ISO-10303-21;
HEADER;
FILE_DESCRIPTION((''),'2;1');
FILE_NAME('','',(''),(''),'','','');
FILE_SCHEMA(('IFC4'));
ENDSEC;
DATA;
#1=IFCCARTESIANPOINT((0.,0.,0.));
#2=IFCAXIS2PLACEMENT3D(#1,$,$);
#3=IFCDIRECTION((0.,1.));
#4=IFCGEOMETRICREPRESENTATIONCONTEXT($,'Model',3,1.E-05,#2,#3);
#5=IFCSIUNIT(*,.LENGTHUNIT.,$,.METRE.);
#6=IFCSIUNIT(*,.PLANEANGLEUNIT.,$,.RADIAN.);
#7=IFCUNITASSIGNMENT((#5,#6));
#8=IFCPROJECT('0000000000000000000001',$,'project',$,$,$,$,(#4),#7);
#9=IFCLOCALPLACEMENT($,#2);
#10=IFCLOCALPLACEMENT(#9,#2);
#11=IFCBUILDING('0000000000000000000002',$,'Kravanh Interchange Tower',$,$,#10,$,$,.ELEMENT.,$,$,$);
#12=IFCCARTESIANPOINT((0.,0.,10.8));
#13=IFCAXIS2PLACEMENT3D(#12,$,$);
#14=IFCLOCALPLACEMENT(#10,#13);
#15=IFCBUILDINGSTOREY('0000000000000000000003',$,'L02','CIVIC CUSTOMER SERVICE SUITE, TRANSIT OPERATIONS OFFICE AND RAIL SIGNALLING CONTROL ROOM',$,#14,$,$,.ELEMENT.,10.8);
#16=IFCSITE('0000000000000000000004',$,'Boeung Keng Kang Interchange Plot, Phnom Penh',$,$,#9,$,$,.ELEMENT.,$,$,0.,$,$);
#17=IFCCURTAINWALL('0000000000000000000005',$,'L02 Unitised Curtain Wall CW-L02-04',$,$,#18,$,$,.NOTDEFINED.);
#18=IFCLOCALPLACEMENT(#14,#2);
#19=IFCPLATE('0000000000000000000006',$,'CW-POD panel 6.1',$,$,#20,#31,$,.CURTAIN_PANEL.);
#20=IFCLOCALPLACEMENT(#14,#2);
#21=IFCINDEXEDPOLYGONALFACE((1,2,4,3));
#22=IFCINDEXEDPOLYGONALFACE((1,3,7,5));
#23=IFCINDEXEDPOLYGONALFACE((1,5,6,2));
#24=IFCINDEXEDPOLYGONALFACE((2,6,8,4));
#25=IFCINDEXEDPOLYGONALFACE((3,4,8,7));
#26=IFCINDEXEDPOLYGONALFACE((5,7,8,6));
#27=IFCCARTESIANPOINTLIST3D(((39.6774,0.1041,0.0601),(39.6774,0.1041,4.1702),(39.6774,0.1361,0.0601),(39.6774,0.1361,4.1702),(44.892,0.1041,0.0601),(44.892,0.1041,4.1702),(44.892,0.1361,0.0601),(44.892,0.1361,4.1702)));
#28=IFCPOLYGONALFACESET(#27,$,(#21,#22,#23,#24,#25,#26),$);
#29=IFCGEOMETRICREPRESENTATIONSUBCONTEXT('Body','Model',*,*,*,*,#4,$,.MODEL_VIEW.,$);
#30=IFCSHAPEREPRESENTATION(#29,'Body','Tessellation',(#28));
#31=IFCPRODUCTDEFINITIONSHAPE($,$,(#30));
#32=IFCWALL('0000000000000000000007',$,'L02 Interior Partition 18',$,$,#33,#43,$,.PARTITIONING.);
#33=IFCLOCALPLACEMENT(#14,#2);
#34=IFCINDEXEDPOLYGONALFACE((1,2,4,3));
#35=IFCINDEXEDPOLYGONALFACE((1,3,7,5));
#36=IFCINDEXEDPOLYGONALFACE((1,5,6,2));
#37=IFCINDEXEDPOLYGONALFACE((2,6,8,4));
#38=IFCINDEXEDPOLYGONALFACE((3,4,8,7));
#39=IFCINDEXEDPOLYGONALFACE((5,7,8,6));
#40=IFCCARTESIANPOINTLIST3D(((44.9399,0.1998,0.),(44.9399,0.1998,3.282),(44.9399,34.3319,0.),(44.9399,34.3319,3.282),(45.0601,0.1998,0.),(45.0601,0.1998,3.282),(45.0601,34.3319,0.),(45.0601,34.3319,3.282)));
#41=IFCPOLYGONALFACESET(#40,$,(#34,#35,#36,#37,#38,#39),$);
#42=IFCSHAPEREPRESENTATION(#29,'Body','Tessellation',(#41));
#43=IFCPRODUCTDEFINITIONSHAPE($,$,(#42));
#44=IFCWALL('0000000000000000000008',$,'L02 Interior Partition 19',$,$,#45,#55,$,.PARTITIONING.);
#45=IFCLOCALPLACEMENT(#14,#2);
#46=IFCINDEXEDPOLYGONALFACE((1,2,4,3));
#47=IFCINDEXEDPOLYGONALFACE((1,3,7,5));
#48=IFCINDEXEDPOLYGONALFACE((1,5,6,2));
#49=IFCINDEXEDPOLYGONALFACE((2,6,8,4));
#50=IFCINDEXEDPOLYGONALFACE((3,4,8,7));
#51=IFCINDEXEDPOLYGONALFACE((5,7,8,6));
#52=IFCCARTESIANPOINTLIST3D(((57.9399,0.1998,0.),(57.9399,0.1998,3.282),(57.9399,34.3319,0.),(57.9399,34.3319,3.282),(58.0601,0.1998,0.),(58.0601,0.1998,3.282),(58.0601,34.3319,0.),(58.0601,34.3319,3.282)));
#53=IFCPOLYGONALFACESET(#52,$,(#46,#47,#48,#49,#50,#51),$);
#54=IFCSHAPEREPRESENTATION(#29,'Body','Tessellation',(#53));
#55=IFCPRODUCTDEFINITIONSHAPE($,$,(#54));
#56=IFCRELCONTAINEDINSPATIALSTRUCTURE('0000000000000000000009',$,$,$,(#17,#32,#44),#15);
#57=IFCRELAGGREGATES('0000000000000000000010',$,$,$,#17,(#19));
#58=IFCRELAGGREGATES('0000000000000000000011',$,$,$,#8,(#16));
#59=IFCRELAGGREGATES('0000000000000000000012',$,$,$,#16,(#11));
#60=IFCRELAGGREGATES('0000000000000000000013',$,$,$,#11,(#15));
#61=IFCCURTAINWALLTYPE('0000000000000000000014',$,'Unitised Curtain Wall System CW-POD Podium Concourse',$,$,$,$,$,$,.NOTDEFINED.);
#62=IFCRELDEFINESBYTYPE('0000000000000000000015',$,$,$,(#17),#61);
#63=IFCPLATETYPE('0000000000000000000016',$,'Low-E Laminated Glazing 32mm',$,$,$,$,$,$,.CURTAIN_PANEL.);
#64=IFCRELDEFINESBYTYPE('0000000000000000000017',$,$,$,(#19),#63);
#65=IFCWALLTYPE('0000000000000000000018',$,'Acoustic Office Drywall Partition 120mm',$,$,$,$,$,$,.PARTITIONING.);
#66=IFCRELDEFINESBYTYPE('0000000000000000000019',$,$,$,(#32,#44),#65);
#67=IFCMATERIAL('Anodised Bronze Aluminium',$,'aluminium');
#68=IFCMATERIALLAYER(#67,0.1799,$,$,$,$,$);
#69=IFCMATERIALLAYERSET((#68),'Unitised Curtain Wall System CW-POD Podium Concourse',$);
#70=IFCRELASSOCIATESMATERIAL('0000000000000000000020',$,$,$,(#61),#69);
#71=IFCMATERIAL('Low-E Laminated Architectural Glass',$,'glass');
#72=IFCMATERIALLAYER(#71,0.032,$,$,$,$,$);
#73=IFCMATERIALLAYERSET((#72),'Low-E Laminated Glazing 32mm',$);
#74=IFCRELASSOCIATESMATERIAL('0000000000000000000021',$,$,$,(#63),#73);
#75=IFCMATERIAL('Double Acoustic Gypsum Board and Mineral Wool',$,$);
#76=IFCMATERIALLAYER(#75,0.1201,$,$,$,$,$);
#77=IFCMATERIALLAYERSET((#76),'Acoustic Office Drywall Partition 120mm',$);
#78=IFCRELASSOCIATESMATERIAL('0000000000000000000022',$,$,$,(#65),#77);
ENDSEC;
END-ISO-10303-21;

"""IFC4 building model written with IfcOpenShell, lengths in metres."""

from ifc_helpers import new_model, si_unit, direction, frame, frame_2d, origin, origin_2d, place, context, subcontext, project, spatial, rectangle, extrude, material, layer, layer_set, type_object, element, aggregate, save


model = new_model("IFC4")

# Units and contexts
model_context = context("Model", 3, precision=1e-05, world=origin(), true_north=direction((0.0, 1.0)))
body_context = subcontext(model_context, "Body", "Model", "MODEL_VIEW")
ifc_project = project(units=[si_unit("LENGTHUNIT", "METRE"), si_unit("PLANEANGLEUNIT", "RADIAN")], contexts=[model_context])

# Site, building, storey
site_placement = place(None, origin())
site = spatial("IfcSite", under=ifc_project, at=site_placement, Name="Boeung Keng Kang Interchange Plot, Phnom Penh", CompositionType="ELEMENT", RefElevation=0.0)
building_placement = place(site_placement, origin())
building = spatial("IfcBuilding", under=site, at=building_placement, Name="Kravanh Interchange Tower", CompositionType="ELEMENT")
storey_placement = place(building_placement, frame((0.0, 0.0, 10.8)))
storey = spatial("IfcBuildingStorey", under=building, at=storey_placement, Name="L02", Description="CIVIC CUSTOMER SERVICE SUITE, TRANSIT OPERATIONS OFFICE AND RAIL SIGNALLING CONTROL ROOM", CompositionType="ELEMENT", Elevation=10.8)

# Curtain wall
ifc_material_1 = material(Name="Anodised Bronze Aluminium", Category="aluminium")
ifc_layer_1 = layer(ifc_material_1, 0.1799)
ifc_layer_set_1 = layer_set([ifc_layer_1], Name="Unitised Curtain Wall System CW-POD Podium Concourse")
curtain_wall_type = type_object("IfcCurtainWallType", Name="Unitised Curtain Wall System CW-POD Podium Concourse", PredefinedType="NOTDEFINED", material=ifc_layer_set_1)
curtain_wall_placement = place(storey_placement, origin())
curtain_wall = element("IfcCurtainWall", 1, at=curtain_wall_placement, inside=storey, type_object=curtain_wall_type, Name="L02 Unitised Curtain Wall CW-L02-04", PredefinedType="NOTDEFINED")

# Plate
ifc_material_2 = material(Name="Low-E Laminated Architectural Glass", Category="glass")
ifc_layer_2 = layer(ifc_material_2, 0.032)
ifc_layer_set_2 = layer_set([ifc_layer_2], Name="Low-E Laminated Glazing 32mm")
plate_type = type_object("IfcPlateType", Name="Low-E Laminated Glazing 32mm", PredefinedType="CURTAIN_PANEL", material=ifc_layer_set_2)
plate_1_placement = place(storey_placement, frame((42.2847, 0.1201, 0.0601), z_axis=(0.0, 0.0, 1.0), x_axis=(-1.0, 0.0, 0.0)))
plate_1 = element("IfcPlate", 2, at=plate_1_placement, type_object=plate_type, Name="CW-POD panel 6.1", PredefinedType="CURTAIN_PANEL", context=body_context, shape_type="SweptSolid", body=[
    extrude(rectangle(XDim=5.2146, YDim=0.032, at=origin_2d()), origin(), (0.0, 0.0, 1.0), 4.1101),
])
aggregate(curtain_wall, [plate_1])

# Walls
ifc_material_3 = material(Name="Double Acoustic Gypsum Board and Mineral Wool")
ifc_layer_3 = layer(ifc_material_3, 0.1201)
ifc_layer_set_3 = layer_set([ifc_layer_3], Name="Acoustic Office Drywall Partition 120mm")
wall_type = type_object("IfcWallType", Name="Acoustic Office Drywall Partition 120mm", PredefinedType="PARTITIONING", material=ifc_layer_set_3)
for number, where, z_axis, x_axis, name in (
    (3, (45.0, 0.2, 0.0), (0.0, 0.0, 1.0), (0.0, 1.0, 0.0), "L02 Interior Partition 18"),
    (4, (58.0, 0.2, 0.0), (0.0, 0.0, 1.0), (0.0, 1.0, 0.0), "L02 Interior Partition 19"),
):
    element("IfcWall", number, at=place(storey_placement, frame(where, z_axis=z_axis, x_axis=x_axis)), inside=storey, type_object=wall_type, Name=name, PredefinedType="PARTITIONING", context=body_context, shape_type="SweptSolid", body=[
        extrude(rectangle(XDim=34.1321, YDim=0.1201, at=frame_2d((17.0659, 0.0))), origin(), (0.0, 0.0, 1.0), 3.282),
    ])

save(model, "model.ifc")
